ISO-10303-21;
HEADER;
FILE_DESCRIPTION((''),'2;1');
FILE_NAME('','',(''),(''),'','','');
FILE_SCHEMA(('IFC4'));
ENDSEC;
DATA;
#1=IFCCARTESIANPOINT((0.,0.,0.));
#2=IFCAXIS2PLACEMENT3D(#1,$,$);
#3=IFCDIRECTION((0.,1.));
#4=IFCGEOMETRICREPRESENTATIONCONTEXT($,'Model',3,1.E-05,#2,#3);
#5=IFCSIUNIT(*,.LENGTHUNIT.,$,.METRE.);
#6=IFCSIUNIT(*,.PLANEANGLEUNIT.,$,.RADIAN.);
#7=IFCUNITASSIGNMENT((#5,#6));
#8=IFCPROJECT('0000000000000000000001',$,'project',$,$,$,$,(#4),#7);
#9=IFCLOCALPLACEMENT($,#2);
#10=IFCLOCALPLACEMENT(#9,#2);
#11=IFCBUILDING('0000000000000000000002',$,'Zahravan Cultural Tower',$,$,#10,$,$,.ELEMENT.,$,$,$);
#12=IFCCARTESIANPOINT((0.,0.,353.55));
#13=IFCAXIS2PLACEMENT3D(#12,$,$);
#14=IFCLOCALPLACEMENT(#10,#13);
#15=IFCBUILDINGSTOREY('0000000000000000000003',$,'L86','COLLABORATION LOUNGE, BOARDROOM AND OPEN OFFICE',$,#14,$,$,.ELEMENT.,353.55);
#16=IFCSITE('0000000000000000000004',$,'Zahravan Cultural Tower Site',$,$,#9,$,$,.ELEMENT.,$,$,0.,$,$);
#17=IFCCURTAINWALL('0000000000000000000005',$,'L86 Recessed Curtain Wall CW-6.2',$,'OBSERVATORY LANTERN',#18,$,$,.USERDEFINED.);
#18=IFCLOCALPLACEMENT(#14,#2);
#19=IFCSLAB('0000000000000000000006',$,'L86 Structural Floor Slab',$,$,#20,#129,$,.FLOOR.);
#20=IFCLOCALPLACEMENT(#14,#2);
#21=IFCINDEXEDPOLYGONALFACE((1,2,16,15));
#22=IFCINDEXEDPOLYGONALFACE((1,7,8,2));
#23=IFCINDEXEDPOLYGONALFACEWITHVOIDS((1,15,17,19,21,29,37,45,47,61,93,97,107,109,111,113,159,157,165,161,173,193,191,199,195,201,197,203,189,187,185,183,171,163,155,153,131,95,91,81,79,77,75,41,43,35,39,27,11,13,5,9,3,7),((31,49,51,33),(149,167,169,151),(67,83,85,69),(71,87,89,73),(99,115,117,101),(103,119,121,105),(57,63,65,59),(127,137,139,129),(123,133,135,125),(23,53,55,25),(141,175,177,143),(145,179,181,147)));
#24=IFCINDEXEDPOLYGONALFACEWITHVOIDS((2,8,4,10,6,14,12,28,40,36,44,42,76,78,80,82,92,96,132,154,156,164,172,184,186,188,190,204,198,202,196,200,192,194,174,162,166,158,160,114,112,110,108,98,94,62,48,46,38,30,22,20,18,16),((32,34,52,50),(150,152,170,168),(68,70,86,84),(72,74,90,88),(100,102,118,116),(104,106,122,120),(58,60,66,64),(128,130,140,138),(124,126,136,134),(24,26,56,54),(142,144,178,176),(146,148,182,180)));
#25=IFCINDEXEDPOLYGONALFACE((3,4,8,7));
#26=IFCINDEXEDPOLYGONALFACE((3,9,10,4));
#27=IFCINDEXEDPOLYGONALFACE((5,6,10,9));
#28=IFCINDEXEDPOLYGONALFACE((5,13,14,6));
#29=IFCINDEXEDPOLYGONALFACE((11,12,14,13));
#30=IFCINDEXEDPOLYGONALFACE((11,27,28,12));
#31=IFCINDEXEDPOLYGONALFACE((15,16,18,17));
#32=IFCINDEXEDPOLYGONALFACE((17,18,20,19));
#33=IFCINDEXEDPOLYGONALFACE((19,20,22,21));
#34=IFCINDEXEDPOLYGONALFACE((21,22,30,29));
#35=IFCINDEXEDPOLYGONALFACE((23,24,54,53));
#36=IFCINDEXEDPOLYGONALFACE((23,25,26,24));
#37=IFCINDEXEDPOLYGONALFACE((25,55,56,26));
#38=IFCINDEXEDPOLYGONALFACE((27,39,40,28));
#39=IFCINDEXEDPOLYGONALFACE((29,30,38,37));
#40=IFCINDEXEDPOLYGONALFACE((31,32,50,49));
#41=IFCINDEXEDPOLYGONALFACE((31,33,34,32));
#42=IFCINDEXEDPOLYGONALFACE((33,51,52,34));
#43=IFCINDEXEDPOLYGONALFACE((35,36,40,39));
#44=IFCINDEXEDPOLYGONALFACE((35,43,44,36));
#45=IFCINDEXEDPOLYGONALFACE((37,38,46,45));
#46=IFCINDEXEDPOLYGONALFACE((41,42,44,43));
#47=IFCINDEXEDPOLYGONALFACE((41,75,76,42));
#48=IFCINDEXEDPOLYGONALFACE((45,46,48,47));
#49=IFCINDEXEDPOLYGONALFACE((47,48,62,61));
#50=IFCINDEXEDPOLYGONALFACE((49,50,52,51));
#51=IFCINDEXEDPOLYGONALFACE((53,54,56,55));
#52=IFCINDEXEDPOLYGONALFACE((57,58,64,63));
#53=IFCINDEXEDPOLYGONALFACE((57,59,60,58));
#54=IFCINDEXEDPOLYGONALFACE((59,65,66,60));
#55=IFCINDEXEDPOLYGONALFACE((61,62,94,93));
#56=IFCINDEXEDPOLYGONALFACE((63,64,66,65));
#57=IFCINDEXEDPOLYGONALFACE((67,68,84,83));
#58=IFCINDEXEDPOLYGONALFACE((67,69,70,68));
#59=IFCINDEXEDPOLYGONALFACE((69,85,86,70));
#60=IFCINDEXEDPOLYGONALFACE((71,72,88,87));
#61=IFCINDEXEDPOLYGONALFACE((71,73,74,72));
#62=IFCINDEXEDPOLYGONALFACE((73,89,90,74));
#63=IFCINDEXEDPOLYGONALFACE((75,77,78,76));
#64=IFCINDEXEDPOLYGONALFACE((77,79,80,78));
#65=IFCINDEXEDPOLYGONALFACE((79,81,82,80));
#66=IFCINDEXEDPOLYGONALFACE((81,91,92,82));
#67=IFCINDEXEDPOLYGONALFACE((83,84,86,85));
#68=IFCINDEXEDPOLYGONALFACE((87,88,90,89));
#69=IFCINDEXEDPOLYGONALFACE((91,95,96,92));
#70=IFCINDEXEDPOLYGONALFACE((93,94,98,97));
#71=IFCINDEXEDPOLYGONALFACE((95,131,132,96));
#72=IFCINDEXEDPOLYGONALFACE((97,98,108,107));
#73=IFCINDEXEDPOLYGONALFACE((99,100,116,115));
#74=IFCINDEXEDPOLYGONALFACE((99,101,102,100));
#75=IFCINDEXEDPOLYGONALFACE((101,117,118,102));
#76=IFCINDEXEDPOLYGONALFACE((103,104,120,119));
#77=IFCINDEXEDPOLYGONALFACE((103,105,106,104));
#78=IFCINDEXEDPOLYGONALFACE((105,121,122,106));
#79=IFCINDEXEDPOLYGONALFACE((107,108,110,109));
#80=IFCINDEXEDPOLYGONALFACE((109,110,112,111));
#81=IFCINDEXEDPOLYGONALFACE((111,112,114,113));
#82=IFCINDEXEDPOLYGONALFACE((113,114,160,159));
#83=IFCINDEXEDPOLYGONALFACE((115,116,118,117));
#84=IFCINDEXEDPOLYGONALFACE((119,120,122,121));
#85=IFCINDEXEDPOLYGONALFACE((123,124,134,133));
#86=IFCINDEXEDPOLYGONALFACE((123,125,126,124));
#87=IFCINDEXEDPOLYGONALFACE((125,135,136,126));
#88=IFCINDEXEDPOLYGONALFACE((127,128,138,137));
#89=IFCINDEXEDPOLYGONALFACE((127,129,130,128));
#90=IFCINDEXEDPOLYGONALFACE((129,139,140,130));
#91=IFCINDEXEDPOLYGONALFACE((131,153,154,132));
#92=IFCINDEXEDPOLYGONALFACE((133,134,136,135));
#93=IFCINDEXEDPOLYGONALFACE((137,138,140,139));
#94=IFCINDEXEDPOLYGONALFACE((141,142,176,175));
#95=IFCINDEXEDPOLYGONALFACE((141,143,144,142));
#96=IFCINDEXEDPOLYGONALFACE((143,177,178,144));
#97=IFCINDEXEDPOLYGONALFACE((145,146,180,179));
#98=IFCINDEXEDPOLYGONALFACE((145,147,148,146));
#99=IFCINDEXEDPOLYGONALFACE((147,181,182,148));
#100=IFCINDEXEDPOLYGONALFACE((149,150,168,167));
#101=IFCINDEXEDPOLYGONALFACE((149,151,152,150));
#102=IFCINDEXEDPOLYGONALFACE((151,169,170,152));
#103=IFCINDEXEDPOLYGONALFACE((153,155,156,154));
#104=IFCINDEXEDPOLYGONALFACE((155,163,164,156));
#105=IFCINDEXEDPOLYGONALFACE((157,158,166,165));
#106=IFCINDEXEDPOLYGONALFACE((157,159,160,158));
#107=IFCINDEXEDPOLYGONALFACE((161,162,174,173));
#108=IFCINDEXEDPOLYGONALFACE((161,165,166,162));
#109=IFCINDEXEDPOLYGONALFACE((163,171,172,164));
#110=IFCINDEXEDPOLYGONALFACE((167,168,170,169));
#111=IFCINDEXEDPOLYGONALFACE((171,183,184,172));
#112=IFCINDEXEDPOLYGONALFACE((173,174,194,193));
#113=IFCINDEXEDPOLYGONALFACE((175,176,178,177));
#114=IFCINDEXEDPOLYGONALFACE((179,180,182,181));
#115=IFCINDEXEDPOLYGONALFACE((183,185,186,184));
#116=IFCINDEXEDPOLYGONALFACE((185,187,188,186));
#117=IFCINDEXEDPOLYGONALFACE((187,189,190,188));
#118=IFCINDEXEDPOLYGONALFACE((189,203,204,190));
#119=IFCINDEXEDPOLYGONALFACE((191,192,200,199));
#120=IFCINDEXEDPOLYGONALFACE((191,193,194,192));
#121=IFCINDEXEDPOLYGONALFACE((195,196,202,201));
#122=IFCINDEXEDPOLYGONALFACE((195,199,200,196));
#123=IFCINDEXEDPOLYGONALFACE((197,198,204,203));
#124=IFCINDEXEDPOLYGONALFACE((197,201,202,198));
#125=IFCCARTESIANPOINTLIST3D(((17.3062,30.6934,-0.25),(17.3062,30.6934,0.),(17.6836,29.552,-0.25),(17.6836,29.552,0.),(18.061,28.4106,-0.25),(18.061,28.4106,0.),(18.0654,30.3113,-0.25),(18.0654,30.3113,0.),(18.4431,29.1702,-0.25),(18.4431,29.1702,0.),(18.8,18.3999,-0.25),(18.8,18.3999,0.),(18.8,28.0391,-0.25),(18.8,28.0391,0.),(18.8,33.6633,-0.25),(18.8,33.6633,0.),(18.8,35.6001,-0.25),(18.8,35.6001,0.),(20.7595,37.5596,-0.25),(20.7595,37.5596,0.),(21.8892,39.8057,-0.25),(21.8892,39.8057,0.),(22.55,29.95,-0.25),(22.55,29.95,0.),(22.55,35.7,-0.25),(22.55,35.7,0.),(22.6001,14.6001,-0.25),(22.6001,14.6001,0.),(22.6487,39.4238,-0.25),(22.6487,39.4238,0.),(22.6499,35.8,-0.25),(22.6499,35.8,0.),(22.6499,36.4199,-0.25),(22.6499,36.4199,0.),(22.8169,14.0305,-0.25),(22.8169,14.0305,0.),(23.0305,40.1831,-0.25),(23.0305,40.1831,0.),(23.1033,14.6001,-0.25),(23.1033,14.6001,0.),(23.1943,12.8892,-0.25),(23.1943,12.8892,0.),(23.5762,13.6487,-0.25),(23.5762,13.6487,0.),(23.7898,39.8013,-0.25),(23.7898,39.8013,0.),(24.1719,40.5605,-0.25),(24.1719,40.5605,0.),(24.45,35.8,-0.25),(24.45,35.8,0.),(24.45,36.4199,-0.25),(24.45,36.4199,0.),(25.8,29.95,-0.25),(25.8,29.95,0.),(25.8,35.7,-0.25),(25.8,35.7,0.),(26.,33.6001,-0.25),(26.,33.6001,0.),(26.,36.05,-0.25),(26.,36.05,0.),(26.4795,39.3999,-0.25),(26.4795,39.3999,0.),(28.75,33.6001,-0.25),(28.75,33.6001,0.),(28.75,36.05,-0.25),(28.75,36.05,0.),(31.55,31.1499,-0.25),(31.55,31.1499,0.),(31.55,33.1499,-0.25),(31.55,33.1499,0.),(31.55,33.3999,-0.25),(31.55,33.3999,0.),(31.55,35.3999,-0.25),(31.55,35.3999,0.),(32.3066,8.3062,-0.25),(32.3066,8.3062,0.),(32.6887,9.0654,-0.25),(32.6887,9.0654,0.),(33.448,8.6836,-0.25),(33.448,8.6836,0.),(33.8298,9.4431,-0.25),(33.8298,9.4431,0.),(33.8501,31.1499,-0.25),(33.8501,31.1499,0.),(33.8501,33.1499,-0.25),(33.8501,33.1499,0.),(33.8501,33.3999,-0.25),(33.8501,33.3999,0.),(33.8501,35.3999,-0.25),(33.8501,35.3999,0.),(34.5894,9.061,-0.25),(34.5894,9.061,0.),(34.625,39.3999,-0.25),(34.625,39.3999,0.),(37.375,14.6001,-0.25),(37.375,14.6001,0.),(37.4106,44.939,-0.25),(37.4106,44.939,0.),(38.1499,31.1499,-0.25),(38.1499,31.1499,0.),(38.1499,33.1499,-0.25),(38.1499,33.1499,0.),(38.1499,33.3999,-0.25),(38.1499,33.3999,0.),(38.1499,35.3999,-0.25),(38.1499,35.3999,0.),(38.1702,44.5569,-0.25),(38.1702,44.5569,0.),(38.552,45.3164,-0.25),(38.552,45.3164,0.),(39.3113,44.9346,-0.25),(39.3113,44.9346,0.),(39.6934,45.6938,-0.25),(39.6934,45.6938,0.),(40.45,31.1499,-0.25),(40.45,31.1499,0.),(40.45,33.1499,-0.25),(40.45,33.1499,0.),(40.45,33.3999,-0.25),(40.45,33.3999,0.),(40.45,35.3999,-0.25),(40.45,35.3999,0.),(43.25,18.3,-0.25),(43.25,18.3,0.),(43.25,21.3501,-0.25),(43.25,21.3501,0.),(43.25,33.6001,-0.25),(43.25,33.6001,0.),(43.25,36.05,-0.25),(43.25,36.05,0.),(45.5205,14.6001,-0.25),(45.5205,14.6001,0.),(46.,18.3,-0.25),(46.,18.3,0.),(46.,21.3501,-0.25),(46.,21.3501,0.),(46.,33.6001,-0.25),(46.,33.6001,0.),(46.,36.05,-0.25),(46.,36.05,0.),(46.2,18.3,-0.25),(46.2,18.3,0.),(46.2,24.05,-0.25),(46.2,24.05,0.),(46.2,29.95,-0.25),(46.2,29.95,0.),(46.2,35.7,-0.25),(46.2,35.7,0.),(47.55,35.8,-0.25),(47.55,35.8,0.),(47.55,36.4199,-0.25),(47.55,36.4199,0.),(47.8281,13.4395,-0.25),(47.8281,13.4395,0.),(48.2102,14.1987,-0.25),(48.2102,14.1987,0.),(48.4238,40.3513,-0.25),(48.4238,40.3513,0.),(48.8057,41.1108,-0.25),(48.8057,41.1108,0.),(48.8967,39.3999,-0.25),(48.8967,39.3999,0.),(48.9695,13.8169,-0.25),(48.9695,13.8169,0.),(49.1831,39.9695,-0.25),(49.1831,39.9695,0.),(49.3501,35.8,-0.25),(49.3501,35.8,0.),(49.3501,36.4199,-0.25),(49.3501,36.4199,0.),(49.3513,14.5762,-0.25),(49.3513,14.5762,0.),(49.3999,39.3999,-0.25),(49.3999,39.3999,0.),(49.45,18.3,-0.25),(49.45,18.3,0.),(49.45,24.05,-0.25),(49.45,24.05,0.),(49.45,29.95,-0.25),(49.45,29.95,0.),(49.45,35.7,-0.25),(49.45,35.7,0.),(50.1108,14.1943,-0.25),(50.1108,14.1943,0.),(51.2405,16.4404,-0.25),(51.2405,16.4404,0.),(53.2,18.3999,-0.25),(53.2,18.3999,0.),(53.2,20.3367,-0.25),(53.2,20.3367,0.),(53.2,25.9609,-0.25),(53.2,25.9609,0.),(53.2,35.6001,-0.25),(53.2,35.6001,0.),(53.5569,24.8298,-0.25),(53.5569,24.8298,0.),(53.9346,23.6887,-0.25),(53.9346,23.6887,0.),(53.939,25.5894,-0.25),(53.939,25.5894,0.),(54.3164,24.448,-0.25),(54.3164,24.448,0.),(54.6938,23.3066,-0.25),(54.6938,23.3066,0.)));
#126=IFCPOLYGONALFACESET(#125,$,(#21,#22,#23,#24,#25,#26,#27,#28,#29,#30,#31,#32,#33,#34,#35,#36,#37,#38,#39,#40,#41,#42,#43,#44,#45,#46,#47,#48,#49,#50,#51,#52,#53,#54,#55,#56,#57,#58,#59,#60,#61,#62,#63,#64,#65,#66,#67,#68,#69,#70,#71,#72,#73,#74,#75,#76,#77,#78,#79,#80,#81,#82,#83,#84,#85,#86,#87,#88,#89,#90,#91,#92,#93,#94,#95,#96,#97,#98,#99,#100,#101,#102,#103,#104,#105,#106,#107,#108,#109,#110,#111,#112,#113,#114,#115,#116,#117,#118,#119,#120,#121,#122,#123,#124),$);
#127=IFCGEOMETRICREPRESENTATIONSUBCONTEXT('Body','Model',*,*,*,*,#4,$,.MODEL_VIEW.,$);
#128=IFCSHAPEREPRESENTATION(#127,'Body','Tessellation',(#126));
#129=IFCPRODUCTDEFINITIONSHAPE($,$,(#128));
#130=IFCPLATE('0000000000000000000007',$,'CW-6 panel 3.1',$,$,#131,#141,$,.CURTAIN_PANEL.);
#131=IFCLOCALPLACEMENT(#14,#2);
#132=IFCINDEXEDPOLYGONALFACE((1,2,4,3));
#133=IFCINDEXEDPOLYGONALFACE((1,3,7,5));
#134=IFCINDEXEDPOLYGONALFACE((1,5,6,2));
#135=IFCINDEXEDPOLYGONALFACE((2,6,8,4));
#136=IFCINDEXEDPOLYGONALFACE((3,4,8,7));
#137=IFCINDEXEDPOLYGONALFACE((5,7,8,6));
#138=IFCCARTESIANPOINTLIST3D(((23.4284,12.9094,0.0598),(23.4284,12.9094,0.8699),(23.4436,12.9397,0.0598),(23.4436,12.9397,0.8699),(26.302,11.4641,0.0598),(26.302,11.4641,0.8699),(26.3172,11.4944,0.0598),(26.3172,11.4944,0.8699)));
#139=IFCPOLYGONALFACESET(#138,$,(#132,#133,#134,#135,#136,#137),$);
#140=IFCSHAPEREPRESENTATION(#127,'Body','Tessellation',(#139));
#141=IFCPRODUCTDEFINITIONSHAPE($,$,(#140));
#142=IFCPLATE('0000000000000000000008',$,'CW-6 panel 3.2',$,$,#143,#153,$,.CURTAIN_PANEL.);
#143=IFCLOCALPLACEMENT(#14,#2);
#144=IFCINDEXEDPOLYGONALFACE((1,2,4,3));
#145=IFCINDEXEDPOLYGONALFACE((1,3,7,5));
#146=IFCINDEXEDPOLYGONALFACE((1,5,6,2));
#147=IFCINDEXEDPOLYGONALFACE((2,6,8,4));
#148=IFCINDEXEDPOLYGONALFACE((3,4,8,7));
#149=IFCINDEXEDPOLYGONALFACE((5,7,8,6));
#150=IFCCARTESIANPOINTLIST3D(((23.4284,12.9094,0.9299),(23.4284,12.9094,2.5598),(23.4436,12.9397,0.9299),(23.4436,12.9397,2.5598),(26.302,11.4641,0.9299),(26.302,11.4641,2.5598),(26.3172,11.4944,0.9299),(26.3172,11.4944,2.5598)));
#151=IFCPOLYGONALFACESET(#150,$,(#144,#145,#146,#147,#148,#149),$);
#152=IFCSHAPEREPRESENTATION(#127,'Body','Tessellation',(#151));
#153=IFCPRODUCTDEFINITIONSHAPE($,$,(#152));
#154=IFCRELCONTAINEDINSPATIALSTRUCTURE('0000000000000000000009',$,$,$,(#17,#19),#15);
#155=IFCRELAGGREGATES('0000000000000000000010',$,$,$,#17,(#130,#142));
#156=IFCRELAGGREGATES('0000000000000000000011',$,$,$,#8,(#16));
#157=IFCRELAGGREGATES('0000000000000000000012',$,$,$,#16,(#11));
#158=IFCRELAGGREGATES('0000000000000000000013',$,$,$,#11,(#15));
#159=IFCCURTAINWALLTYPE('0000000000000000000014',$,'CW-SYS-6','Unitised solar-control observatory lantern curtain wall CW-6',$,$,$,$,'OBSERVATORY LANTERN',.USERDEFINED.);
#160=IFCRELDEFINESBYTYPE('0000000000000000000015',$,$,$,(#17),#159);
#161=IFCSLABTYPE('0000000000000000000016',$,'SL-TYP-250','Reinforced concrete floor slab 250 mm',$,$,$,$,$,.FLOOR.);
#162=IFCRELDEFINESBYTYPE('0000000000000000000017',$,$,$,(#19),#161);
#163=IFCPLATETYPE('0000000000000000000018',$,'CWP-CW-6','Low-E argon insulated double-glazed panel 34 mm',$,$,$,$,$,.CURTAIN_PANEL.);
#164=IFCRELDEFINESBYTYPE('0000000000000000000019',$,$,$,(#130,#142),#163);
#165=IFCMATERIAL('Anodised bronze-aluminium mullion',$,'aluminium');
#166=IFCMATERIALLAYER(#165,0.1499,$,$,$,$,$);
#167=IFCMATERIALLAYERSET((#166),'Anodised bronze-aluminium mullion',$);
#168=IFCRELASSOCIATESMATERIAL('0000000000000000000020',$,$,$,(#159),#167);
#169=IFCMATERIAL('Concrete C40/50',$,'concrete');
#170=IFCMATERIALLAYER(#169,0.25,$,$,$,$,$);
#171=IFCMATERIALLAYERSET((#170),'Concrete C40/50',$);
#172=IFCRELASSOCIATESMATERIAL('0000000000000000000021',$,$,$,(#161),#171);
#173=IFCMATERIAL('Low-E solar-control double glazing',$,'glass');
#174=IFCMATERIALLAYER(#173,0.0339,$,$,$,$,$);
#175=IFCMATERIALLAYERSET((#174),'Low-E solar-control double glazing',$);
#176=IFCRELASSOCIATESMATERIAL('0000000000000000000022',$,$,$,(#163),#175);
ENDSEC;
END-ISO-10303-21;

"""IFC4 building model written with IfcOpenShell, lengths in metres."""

from ifc_helpers import new_model, si_unit, direction, frame, origin, origin_2d, place, context, subcontext, project, spatial, polyline, rectangle, outline, extrude, source, transform, mapped, material, layer, layer_set, type_object, element, aggregate, save


model = new_model("IFC4")

# Units and contexts
model_context = context("Model", 3, precision=1e-05, world=origin(), true_north=direction((0.0, 1.0)))
body_context = subcontext(model_context, "Body", "Model", "MODEL_VIEW")
ifc_project = project(units=[si_unit("LENGTHUNIT", "METRE"), si_unit("PLANEANGLEUNIT", "RADIAN")], contexts=[model_context])

# Site, building, storey
site_placement = place(None, origin())
site = spatial("IfcSite", under=ifc_project, at=site_placement, Name="Zahravan Cultural Tower Site", CompositionType="ELEMENT", RefElevation=0.0)
building_placement = place(site_placement, origin())
building = spatial("IfcBuilding", under=site, at=building_placement, Name="Zahravan Cultural Tower", CompositionType="ELEMENT")
storey_placement = place(building_placement, frame((0.0, 0.0, 353.55)))
storey = spatial("IfcBuildingStorey", under=building, at=storey_placement, Name="L86", Description="COLLABORATION LOUNGE, BOARDROOM AND OPEN OFFICE", CompositionType="ELEMENT", Elevation=353.55)

# Curtain wall
ifc_material_1 = material(Name="Anodised bronze-aluminium mullion", Category="aluminium")
ifc_layer_1 = layer(ifc_material_1, 0.1499)
ifc_layer_set_1 = layer_set([ifc_layer_1], Name="Anodised bronze-aluminium mullion")
curtain_wall_type = type_object("IfcCurtainWallType", Name="CW-SYS-6", Description="Unitised solar-control observatory lantern curtain wall CW-6", ElementType="OBSERVATORY LANTERN", PredefinedType="USERDEFINED", material=ifc_layer_set_1)
curtain_wall_placement = place(storey_placement, origin())
curtain_wall = element("IfcCurtainWall", 1, at=curtain_wall_placement, inside=storey, type_object=curtain_wall_type, Name="L86 Recessed Curtain Wall CW-6.2", ObjectType="OBSERVATORY LANTERN", PredefinedType="USERDEFINED")

# Slab
ifc_material_2 = material(Name="Concrete C40/50", Category="concrete")
ifc_layer_2 = layer(ifc_material_2, 0.25)
ifc_layer_set_2 = layer_set([ifc_layer_2], Name="Concrete C40/50")
slab_type_1 = type_object("IfcSlabType", Name="SL-TYP-250", Description="Reinforced concrete floor slab 250 mm", PredefinedType="FLOOR", material=ifc_layer_set_2)
slab_1_placement = place(storey_placement, frame((0.0, 0.0, -0.25)))
element("IfcSlab", 2, at=slab_1_placement, inside=storey, type_object=slab_type_1, Name="L86 Structural Floor Slab", PredefinedType="FLOOR", context=body_context, shape_type="SweptSolid", body=[
    extrude(outline(polyline([(34.625, 39.3999), (26.4795, 39.3999), (24.1719, 40.5605), (23.7898, 39.8013), (23.0305, 40.1831), (22.6487, 39.4238), (21.8892, 39.8057), (20.7595, 37.5596), (18.8, 35.6001), (18.8, 33.6633), (17.3062, 30.6934), (18.0654, 30.3113), (17.6836, 29.552), (18.4431, 29.1702), (18.061, 28.4106), (18.8, 28.0391), (18.8, 18.3999), (22.6001, 14.6001), (23.1033, 14.6001), (22.8169, 14.0305), (23.5762, 13.6487), (23.1943, 12.8892), (32.3066, 8.3062), (32.6887, 9.0654), (33.448, 8.6836), (33.8298, 9.4431), (34.5894, 9.061), (37.375, 14.6001), (45.5205, 14.6001), (47.8281, 13.4395), (48.2102, 14.1987), (48.9695, 13.8169), (49.3513, 14.5762), (50.1108, 14.1943), (51.2405, 16.4404), (53.2, 18.3999), (53.2, 20.3367), (54.6938, 23.3066), (53.9346, 23.6887), (54.3164, 24.448), (53.5569, 24.8298), (53.939, 25.5894), (53.2, 25.9609), (53.2, 35.6001), (49.3999, 39.3999), (48.8967, 39.3999), (49.1831, 39.9695), (48.4238, 40.3513), (48.8057, 41.1108), (39.6934, 45.6938), (39.3113, 44.9346), (38.552, 45.3164), (38.1702, 44.5569), (37.4106, 44.939), (34.625, 39.3999)]), holes=[polyline([(22.55, 29.95), (22.55, 35.7), (25.8, 35.7), (25.8, 29.95), (22.55, 29.95)]), polyline([(46.2, 29.95), (46.2, 35.7), (49.45, 35.7), (49.45, 29.95), (46.2, 29.95)]), polyline([(46.2, 18.3), (46.2, 24.05), (49.45, 24.05), (49.45, 18.3), (46.2, 18.3)]), polyline([(26.0, 33.6001), (26.0, 36.05), (28.75, 36.05), (28.75, 33.6001), (26.0, 33.6001)]), polyline([(43.25, 33.6001), (43.25, 36.05), (46.0, 36.05), (46.0, 33.6001), (43.25, 33.6001)]), polyline([(43.25, 18.3), (43.25, 21.3501), (46.0, 21.3501), (46.0, 18.3), (43.25, 18.3)]), polyline([(31.55, 33.3999), (31.55, 35.3999), (33.8501, 35.3999), (33.8501, 33.3999), (31.55, 33.3999)]), polyline([(31.55, 31.1499), (31.55, 33.1499), (33.8501, 33.1499), (33.8501, 31.1499), (31.55, 31.1499)]), polyline([(38.1499, 33.3999), (38.1499, 35.3999), (40.45, 35.3999), (40.45, 33.3999), (38.1499, 33.3999)]), polyline([(38.1499, 31.1499), (38.1499, 33.1499), (40.45, 33.1499), (40.45, 31.1499), (38.1499, 31.1499)]), polyline([(22.6499, 35.8), (22.6499, 36.4199), (24.45, 36.4199), (24.45, 35.8), (22.6499, 35.8)]), polyline([(47.55, 35.8), (47.55, 36.4199), (49.3501, 36.4199), (49.3501, 35.8), (47.55, 35.8)])]), origin(), (0.0, 0.0, 1.0), 0.25),
])

# Plates
ifc_material_3 = material(Name="Low-E solar-control double glazing", Category="glass")
ifc_layer_3 = layer(ifc_material_3, 0.0339)
ifc_layer_set_3 = layer_set([ifc_layer_3], Name="Low-E solar-control double glazing")
plate_type = type_object("IfcPlateType", Name="CWP-CW-6", Description="Low-E argon insulated double-glazed panel 34 mm", PredefinedType="CURTAIN_PANEL", material=ifc_layer_set_3)
shared_shape_1 = source(origin(), body_context, "Body", "SweptSolid", [
    extrude(rectangle(XDim=3.2166, YDim=0.0339, at=origin_2d()), origin(), (0.0, 0.0, 1.0), 0.8101),
])
plate_1_placement = place(storey_placement, frame((24.8728, 12.2019, 0.0598), z_axis=(0.0, 0.0, 1.0), x_axis=(-0.893372, 0.449317, 0.0)))
plate_1 = element("IfcPlate", 3, at=plate_1_placement, type_object=plate_type, Name="CW-6 panel 3.1", PredefinedType="CURTAIN_PANEL", context=body_context, shape_type="MappedRepresentation", body=[
    mapped(shared_shape_1, transform((0.0, 0.0, 0.0), x_axis=(1.0, 0.0, 0.0), y_axis=(0.0, 1.0, 0.0), z_axis=(0.0, 0.0, 1.0), scale=1.0)),
])
shared_shape_2 = source(origin(), body_context, "Body", "SweptSolid", [
    extrude(rectangle(XDim=3.2166, YDim=0.0339, at=origin_2d()), origin(), (0.0, 0.0, 1.0), 1.6299),
])
plate_2_placement = place(storey_placement, frame((24.8728, 12.2019, 0.9299), z_axis=(0.0, 0.0, 1.0), x_axis=(-0.893372, 0.449317, 0.0)))
plate_2 = element("IfcPlate", 4, at=plate_2_placement, type_object=plate_type, Name="CW-6 panel 3.2", PredefinedType="CURTAIN_PANEL", context=body_context, shape_type="MappedRepresentation", body=[
    mapped(shared_shape_2, transform((0.0, 0.0, 0.0), x_axis=(1.0, 0.0, 0.0), y_axis=(0.0, 1.0, 0.0), z_axis=(0.0, 0.0, 1.0), scale=1.0)),
])
aggregate(curtain_wall, [plate_1, plate_2])

save(model, "model.ifc")
